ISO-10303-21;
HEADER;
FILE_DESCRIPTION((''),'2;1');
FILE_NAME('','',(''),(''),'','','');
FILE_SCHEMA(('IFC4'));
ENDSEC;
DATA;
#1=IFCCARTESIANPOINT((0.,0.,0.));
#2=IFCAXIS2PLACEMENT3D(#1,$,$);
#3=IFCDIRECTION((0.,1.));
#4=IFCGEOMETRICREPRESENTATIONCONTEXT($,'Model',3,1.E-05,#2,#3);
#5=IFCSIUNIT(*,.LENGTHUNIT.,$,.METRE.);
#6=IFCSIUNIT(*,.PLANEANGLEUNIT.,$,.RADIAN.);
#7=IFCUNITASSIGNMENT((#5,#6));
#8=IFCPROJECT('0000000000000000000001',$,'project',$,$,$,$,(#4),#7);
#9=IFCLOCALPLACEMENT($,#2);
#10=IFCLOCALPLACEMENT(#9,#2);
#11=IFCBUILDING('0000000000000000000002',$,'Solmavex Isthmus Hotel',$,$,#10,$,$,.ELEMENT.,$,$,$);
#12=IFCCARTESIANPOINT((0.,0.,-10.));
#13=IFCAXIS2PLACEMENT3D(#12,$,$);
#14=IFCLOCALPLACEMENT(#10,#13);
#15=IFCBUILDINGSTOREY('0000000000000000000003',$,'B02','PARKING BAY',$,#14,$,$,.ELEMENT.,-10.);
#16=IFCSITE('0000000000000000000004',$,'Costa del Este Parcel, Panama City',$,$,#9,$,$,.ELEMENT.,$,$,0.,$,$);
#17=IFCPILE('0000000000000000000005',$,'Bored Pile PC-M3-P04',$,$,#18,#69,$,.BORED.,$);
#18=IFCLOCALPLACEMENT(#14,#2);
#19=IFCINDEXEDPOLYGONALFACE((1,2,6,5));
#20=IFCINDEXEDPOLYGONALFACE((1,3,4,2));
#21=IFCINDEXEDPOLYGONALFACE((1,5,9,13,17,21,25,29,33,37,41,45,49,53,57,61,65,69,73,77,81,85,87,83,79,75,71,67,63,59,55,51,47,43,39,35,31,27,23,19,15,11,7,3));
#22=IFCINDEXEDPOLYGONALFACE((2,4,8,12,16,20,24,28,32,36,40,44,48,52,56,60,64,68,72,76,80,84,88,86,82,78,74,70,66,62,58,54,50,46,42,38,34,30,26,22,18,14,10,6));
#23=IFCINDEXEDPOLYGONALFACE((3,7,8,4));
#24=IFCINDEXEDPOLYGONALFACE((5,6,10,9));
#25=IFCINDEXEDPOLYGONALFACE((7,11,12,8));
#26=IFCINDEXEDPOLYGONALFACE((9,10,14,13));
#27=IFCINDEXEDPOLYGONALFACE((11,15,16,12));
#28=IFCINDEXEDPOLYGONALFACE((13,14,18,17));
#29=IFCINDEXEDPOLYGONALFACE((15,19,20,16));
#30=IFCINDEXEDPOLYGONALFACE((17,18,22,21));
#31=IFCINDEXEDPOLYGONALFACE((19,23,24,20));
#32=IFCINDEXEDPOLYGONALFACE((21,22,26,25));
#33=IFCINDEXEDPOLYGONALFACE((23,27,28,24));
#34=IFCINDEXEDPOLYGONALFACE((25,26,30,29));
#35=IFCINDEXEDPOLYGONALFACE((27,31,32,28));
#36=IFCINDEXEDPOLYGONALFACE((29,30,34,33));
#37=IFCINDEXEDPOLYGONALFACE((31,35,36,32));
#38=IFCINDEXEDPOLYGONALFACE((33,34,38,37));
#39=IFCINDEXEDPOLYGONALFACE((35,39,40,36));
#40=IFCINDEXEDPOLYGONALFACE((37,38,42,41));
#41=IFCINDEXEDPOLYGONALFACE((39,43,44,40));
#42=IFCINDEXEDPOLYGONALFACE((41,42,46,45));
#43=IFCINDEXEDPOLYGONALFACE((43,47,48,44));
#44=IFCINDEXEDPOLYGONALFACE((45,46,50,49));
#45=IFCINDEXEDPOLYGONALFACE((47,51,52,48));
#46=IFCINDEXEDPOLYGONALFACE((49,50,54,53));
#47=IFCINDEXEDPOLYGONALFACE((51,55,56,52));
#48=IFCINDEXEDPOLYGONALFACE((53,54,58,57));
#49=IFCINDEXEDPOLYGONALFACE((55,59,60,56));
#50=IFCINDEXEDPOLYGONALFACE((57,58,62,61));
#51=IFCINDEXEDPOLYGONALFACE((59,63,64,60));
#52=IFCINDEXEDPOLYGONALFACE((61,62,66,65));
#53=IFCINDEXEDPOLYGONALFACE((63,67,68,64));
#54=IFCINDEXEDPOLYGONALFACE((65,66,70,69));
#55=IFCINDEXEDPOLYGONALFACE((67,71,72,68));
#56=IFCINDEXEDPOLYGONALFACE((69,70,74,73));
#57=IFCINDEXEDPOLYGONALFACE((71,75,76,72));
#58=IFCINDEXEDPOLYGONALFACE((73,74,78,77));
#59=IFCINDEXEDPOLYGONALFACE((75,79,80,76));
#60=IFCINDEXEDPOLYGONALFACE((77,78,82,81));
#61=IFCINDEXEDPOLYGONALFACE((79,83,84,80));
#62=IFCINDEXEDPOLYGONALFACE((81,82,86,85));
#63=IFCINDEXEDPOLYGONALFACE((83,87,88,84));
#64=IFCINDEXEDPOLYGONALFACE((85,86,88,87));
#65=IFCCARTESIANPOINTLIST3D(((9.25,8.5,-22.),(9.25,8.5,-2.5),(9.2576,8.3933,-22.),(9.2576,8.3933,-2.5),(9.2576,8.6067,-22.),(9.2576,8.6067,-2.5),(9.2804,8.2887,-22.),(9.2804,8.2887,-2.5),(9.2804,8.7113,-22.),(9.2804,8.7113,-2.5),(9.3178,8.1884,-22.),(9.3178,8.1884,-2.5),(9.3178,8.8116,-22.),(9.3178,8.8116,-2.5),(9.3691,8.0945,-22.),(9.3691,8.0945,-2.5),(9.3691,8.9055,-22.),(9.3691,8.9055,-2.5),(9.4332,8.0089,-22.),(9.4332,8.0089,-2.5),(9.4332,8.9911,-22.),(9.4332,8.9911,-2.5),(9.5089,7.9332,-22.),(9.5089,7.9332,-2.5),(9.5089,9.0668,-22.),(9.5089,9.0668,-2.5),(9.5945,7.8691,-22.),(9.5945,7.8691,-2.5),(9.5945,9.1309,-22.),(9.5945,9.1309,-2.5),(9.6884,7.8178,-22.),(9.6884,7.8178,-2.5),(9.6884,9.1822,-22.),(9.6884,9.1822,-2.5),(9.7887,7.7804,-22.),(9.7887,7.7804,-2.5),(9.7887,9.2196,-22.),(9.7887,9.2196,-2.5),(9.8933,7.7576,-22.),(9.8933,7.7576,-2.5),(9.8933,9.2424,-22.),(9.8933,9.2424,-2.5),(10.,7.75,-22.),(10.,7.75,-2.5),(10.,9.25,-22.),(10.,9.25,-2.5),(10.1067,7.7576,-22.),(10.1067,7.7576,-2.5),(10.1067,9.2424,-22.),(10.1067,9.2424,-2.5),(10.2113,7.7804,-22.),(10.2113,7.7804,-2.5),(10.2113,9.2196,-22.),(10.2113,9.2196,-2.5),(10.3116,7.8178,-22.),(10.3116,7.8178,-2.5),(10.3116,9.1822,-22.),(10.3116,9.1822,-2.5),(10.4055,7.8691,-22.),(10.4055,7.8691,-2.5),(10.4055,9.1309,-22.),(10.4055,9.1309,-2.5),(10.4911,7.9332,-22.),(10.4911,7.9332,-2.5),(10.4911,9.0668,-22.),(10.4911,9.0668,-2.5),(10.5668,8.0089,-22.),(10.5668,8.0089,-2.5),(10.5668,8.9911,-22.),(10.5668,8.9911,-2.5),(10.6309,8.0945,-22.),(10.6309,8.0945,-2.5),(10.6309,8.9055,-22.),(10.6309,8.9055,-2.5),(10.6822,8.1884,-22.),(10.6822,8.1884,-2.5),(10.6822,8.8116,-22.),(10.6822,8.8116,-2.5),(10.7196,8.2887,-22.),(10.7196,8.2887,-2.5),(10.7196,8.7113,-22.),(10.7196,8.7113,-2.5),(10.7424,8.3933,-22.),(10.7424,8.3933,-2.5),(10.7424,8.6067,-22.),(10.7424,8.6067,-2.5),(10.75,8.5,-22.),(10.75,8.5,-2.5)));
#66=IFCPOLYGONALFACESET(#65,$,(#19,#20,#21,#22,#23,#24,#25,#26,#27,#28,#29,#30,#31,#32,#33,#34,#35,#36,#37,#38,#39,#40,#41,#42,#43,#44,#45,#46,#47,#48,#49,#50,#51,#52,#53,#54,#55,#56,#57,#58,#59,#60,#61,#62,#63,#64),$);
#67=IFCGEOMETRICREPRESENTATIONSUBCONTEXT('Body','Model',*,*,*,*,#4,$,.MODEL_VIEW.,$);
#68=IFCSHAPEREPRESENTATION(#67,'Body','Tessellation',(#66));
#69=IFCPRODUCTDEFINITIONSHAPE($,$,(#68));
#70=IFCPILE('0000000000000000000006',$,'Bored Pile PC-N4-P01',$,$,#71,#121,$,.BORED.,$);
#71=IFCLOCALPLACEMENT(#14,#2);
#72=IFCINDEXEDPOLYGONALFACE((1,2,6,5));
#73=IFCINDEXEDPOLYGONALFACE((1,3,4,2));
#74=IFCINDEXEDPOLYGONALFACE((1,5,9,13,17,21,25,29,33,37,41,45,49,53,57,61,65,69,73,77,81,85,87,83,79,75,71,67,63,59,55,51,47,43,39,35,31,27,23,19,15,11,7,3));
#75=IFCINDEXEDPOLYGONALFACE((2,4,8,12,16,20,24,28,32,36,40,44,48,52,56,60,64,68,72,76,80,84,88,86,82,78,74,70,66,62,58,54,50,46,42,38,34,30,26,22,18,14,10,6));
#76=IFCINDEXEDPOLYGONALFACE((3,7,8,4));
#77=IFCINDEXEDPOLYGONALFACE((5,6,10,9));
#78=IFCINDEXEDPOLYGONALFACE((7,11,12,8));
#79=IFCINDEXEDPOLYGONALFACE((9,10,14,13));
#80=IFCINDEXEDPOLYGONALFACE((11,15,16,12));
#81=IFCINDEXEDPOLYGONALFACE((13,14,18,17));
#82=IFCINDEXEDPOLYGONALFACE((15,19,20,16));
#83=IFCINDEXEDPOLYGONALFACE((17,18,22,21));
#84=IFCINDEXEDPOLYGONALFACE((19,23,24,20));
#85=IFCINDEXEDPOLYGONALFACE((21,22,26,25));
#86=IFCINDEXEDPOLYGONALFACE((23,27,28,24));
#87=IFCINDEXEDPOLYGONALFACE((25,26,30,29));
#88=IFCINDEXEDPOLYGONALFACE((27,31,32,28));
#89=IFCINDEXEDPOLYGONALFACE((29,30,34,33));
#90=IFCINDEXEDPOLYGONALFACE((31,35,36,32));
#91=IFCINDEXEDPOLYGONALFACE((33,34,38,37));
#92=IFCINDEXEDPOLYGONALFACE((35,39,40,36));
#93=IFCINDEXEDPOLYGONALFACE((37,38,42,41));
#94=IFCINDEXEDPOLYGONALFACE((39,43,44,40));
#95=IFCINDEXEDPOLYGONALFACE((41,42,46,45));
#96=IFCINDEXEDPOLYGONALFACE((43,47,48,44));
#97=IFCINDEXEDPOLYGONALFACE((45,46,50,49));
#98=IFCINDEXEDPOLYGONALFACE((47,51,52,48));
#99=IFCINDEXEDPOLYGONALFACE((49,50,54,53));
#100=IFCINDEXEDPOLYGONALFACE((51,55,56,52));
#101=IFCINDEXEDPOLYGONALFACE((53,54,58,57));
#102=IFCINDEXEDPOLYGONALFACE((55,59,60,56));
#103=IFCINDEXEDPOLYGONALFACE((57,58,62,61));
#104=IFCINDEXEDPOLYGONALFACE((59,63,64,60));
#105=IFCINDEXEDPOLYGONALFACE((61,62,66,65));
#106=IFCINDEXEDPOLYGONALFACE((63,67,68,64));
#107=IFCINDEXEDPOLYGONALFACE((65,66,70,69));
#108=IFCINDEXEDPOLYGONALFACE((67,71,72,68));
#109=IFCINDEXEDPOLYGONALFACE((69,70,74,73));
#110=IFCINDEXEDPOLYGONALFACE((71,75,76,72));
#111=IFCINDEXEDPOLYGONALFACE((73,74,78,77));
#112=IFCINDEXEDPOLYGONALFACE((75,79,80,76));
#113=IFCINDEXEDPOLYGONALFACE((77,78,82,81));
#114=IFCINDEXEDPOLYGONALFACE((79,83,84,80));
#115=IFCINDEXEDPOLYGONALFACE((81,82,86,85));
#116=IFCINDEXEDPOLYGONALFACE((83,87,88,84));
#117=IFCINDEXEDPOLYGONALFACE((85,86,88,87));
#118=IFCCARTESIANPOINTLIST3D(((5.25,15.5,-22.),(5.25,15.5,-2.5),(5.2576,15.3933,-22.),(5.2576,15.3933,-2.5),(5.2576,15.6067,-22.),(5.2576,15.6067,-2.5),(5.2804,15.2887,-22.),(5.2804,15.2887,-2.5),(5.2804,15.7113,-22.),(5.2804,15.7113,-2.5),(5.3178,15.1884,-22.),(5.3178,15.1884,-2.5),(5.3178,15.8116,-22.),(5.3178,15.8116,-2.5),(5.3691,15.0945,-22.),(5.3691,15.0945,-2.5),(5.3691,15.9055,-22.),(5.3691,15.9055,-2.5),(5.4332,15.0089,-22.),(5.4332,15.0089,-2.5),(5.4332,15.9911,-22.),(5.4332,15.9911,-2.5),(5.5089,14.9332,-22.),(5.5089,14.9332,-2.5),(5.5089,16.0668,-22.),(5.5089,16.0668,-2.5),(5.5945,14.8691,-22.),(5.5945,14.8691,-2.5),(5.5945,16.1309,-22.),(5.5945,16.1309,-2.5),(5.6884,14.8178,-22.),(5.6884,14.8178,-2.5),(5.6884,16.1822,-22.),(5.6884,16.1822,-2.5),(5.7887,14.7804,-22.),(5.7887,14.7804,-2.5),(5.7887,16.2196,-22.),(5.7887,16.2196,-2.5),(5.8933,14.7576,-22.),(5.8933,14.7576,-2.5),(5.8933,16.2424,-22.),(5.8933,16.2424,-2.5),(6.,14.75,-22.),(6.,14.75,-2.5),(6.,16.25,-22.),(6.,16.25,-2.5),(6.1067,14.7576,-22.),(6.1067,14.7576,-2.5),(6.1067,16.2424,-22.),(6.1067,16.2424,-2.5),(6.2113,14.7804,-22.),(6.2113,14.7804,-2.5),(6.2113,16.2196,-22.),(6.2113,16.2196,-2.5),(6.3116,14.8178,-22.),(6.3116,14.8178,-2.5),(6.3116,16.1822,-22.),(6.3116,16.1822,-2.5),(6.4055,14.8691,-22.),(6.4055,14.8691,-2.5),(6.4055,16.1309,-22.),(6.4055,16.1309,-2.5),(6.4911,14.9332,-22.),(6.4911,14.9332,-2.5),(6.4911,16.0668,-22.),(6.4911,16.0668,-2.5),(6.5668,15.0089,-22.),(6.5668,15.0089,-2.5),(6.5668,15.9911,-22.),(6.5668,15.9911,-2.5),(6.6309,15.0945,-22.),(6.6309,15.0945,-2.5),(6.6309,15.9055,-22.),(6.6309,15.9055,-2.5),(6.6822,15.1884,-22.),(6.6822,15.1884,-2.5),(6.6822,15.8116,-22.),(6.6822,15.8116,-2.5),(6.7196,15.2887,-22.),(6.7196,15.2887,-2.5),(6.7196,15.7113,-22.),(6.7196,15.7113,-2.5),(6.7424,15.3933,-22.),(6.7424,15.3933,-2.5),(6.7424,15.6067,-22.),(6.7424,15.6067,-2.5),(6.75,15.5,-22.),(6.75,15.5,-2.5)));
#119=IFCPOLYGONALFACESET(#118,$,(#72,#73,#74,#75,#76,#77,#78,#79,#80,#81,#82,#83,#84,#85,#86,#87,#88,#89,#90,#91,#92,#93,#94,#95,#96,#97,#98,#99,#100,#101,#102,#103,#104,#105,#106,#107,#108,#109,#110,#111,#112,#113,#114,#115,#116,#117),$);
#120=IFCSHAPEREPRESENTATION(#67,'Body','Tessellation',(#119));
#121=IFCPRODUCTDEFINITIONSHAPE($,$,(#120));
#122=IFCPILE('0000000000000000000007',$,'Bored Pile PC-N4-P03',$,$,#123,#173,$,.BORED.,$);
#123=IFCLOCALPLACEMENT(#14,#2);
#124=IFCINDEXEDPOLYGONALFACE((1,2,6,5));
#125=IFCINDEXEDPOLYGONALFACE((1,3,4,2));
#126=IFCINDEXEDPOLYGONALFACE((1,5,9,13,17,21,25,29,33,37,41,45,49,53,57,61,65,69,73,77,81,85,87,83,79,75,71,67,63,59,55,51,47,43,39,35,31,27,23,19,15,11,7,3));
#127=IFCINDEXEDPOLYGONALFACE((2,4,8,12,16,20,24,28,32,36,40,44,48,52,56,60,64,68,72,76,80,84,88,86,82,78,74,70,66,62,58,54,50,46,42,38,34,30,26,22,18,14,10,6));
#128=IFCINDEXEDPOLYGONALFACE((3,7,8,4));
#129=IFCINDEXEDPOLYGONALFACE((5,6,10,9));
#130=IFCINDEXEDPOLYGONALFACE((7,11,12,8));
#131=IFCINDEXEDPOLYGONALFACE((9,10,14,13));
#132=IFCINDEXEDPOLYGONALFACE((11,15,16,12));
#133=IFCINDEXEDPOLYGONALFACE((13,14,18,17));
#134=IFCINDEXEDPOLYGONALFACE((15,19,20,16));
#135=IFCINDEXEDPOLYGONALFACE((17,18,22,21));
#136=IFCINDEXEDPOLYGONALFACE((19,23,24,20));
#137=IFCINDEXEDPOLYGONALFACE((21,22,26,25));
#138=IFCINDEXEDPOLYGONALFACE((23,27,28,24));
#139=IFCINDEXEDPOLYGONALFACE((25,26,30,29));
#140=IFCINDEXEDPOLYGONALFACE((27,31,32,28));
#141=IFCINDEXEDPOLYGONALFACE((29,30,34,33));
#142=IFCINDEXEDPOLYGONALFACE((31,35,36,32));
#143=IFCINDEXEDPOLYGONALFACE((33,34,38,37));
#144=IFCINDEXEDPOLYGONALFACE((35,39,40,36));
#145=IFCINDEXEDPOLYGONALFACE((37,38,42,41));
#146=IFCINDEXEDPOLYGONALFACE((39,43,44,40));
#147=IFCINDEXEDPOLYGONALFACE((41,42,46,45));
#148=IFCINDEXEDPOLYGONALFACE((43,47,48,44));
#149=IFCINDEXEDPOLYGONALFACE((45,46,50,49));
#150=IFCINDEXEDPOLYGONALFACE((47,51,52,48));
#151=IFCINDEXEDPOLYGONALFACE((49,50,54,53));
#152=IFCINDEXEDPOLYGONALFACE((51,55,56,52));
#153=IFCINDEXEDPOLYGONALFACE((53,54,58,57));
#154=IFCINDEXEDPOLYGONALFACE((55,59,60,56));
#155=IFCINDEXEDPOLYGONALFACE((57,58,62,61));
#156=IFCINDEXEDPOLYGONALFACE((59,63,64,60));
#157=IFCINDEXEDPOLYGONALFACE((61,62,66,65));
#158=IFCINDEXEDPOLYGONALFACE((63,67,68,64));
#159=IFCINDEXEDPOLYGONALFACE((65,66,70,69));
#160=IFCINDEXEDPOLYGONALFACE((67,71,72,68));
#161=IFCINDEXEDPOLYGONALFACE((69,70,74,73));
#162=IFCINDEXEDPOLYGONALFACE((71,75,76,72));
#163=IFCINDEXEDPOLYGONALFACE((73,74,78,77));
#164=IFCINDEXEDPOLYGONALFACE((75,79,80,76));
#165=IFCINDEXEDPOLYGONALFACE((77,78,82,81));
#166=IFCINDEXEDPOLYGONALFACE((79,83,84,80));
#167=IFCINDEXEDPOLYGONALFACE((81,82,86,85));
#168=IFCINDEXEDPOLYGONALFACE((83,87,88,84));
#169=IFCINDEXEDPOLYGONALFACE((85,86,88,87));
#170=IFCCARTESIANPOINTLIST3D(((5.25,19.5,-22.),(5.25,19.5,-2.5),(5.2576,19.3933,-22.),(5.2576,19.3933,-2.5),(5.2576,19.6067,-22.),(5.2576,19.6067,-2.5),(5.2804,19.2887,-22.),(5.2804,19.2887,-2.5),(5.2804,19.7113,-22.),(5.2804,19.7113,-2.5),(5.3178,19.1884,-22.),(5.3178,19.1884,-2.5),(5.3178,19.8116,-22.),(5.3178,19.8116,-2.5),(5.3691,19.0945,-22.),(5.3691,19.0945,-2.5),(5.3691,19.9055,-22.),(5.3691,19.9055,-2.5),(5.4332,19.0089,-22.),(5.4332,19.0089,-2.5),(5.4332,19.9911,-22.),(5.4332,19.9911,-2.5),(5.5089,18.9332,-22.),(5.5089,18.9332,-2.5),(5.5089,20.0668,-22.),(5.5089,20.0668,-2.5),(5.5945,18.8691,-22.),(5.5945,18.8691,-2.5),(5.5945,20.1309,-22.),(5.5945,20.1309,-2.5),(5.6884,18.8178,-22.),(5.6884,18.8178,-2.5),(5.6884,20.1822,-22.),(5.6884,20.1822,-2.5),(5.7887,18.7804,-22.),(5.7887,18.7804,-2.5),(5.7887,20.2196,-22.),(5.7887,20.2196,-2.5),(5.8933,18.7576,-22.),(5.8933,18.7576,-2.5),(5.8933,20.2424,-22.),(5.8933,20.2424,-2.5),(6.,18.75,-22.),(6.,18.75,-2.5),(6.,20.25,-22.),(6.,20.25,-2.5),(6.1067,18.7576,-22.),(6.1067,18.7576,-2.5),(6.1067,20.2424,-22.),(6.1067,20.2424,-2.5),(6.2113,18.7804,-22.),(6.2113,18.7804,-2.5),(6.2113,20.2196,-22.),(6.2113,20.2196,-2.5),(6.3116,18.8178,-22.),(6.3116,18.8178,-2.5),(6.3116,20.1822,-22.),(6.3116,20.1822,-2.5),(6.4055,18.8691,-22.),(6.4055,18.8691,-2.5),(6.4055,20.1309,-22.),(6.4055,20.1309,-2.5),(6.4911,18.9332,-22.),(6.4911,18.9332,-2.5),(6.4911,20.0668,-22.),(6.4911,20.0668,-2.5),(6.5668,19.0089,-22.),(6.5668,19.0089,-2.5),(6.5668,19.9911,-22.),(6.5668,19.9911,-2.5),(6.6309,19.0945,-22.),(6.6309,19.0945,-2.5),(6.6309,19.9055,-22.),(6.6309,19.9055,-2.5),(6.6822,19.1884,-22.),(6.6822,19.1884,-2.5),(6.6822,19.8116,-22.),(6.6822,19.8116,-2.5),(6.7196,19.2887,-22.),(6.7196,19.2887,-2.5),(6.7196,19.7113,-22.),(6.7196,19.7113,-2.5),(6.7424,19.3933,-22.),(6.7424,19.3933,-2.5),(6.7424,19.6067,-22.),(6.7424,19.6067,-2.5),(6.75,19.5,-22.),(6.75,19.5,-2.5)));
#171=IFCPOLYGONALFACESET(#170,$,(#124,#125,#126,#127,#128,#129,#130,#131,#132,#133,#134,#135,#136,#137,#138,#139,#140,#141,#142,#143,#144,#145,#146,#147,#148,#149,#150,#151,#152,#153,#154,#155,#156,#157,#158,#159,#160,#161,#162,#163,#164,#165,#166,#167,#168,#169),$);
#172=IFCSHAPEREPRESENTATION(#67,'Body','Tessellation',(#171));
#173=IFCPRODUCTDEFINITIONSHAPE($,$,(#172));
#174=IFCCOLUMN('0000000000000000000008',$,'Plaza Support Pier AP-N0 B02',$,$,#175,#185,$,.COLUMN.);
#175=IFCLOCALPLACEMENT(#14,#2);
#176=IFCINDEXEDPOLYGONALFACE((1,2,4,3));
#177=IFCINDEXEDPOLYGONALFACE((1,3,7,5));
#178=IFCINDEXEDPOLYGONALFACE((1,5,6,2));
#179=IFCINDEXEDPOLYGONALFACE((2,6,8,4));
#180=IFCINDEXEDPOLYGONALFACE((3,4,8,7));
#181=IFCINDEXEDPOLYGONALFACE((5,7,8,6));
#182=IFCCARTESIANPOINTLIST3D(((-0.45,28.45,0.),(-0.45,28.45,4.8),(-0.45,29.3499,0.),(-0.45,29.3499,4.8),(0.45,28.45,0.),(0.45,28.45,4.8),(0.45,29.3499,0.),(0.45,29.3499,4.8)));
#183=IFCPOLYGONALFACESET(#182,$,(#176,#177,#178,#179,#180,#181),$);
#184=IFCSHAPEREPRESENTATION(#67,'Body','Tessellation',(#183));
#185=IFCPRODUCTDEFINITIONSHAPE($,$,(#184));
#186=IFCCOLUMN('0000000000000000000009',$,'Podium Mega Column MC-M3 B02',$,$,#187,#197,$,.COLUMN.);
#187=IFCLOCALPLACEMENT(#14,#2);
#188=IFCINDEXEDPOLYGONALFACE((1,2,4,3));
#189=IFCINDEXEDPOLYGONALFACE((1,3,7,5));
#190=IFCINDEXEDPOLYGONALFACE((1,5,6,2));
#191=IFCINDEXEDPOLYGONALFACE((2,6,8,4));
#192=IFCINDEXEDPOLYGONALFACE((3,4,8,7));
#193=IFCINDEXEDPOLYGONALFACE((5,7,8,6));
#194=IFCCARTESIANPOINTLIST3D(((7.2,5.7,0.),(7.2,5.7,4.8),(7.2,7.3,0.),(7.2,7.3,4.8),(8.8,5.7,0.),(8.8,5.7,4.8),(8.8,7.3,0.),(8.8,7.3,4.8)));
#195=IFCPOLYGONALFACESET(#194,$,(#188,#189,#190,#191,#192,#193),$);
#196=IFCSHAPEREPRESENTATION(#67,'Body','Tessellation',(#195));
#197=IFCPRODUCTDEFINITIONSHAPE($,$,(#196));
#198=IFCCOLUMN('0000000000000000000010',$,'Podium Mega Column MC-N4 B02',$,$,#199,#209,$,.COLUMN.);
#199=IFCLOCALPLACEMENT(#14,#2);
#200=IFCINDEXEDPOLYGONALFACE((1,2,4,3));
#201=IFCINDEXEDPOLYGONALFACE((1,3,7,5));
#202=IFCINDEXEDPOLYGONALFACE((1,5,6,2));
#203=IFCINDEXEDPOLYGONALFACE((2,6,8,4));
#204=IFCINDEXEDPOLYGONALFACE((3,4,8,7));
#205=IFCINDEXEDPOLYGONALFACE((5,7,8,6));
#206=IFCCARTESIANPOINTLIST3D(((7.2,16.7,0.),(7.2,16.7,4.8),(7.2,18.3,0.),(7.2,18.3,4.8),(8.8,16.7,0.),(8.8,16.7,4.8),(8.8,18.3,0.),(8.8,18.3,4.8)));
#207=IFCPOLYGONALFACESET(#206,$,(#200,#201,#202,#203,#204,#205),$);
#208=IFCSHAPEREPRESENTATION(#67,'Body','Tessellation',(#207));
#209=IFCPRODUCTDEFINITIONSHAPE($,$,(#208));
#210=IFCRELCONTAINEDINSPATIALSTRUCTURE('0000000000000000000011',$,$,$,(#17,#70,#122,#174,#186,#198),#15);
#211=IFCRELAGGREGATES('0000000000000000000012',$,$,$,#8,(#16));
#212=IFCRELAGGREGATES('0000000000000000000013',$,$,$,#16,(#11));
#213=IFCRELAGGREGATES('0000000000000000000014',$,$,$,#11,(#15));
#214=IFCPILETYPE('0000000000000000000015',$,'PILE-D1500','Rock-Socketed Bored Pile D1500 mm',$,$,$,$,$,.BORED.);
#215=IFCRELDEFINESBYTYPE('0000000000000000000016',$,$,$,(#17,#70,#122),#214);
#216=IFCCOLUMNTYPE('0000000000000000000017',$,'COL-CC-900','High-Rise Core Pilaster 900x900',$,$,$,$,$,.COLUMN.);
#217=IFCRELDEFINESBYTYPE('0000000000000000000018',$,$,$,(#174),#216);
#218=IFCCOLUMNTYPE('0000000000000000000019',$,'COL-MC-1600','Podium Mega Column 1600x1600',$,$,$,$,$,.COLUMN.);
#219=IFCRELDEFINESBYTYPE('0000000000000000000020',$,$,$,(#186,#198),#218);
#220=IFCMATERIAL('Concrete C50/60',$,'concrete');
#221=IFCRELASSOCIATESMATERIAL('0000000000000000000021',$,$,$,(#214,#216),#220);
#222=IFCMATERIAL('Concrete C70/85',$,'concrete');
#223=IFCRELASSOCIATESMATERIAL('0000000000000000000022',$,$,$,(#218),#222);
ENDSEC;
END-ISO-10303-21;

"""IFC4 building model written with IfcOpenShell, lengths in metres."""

from ifc_helpers import new_model, si_unit, direction, frame, origin, origin_2d, place, context, subcontext, project, spatial, rectangle, circle, extrude, material, material_profile, profile_set, type_object, element, save


model = new_model("IFC4")

# Units and contexts
model_context = context("Model", 3, precision=1e-05, world=origin(), true_north=direction((0.0, 1.0)))
body_context = subcontext(model_context, "Body", "Model", "MODEL_VIEW")
ifc_project = project(units=[si_unit("LENGTHUNIT", "METRE"), si_unit("PLANEANGLEUNIT", "RADIAN")], contexts=[model_context])

# Site, building, storey
site_placement = place(None, origin())
site = spatial("IfcSite", under=ifc_project, at=site_placement, Name="Costa del Este Parcel, Panama City", CompositionType="ELEMENT", RefElevation=0.0)
building_placement = place(site_placement, origin())
building = spatial("IfcBuilding", under=site, at=building_placement, Name="Solmavex Isthmus Hotel", CompositionType="ELEMENT")
storey_placement = place(building_placement, frame((0.0, 0.0, -10.0)))
storey = spatial("IfcBuildingStorey", under=building, at=storey_placement, Name="B02", Description="PARKING BAY", CompositionType="ELEMENT", Elevation=-10.0)

# Shared definitions
ifc_material_1 = material(Name="Concrete C50/60", Category="concrete")

# Piles
ifc_material_profile_1 = material_profile(ifc_material_1, circle(Radius=0.75, at=origin_2d()), Name="PILE1500")
ifc_profile_set_1 = profile_set([ifc_material_profile_1], Name="Concrete C50/60")
pile_type = type_object("IfcPileType", Name="PILE-D1500", Description="Rock-Socketed Bored Pile D1500 mm", PredefinedType="BORED", material=ifc_profile_set_1)
for number, where, z_axis, x_axis, name in (
    (1, (10.0, 8.5, -2.5), (0.0, 0.0, -1.0), (1.0, 0.0, 0.0), "Bored Pile PC-M3-P04"),
    (2, (6.0, 15.5, -2.5), (0.0, 0.0, -1.0), (1.0, 0.0, 0.0), "Bored Pile PC-N4-P01"),
    (3, (6.0, 19.5, -2.5), (0.0, 0.0, -1.0), (1.0, 0.0, 0.0), "Bored Pile PC-N4-P03"),
):
    element("IfcPile", number, at=place(storey_placement, frame(where, z_axis=z_axis, x_axis=x_axis)), inside=storey, type_object=pile_type, Name=name, PredefinedType="BORED", context=body_context, shape_type="SweptSolid", body=[
        extrude(circle(Radius=0.75, at=origin_2d()), origin(), (0.0, 0.0, 1.0), 19.5),
    ])

# Columns
ifc_material_profile_2 = material_profile(ifc_material_1, rectangle(XDim=0.8999, YDim=0.8999, at=origin_2d()), Name="RC900X900")
ifc_profile_set_2 = profile_set([ifc_material_profile_2], Name="Concrete C50/60")
column_type_1 = type_object("IfcColumnType", Name="COL-CC-900", Description="High-Rise Core Pilaster 900x900", PredefinedType="COLUMN", material=ifc_profile_set_2)
column_placement = place(storey_placement, frame((0.0, 28.8999, 0.0), z_axis=(0.0, 0.0, 1.0), x_axis=(1.0, 0.0, 0.0)))
element("IfcColumn", 4, at=column_placement, inside=storey, type_object=column_type_1, Name="Plaza Support Pier AP-N0 B02", PredefinedType="COLUMN", context=body_context, shape_type="SweptSolid", body=[
    extrude(rectangle(XDim=0.8999, YDim=0.8999, at=origin_2d()), origin(), (0.0, 0.0, 1.0), 4.8),
])
ifc_material_2 = material(Name="Concrete C70/85", Category="concrete")
ifc_material_profile_3 = material_profile(ifc_material_2, rectangle(XDim=1.6001, YDim=1.6001, at=origin_2d()), Name="RC1600X1600")
ifc_profile_set_3 = profile_set([ifc_material_profile_3], Name="Concrete C70/85")
column_type_2 = type_object("IfcColumnType", Name="COL-MC-1600", Description="Podium Mega Column 1600x1600", PredefinedType="COLUMN", material=ifc_profile_set_3)
for number, where, z_axis, x_axis, name in (
    (5, (8.0, 6.5, 0.0), (0.0, 0.0, 1.0), (1.0, 0.0, 0.0), "Podium Mega Column MC-M3 B02"),
    (6, (8.0, 17.5, 0.0), (0.0, 0.0, 1.0), (1.0, 0.0, 0.0), "Podium Mega Column MC-N4 B02"),
):
    element("IfcColumn", number, at=place(storey_placement, frame(where, z_axis=z_axis, x_axis=x_axis)), inside=storey, type_object=column_type_2, Name=name, PredefinedType="COLUMN", context=body_context, shape_type="SweptSolid", body=[
        extrude(rectangle(XDim=1.6001, YDim=1.6001, at=origin_2d()), origin(), (0.0, 0.0, 1.0), 4.8),
    ])

save(model, "model.ifc")
